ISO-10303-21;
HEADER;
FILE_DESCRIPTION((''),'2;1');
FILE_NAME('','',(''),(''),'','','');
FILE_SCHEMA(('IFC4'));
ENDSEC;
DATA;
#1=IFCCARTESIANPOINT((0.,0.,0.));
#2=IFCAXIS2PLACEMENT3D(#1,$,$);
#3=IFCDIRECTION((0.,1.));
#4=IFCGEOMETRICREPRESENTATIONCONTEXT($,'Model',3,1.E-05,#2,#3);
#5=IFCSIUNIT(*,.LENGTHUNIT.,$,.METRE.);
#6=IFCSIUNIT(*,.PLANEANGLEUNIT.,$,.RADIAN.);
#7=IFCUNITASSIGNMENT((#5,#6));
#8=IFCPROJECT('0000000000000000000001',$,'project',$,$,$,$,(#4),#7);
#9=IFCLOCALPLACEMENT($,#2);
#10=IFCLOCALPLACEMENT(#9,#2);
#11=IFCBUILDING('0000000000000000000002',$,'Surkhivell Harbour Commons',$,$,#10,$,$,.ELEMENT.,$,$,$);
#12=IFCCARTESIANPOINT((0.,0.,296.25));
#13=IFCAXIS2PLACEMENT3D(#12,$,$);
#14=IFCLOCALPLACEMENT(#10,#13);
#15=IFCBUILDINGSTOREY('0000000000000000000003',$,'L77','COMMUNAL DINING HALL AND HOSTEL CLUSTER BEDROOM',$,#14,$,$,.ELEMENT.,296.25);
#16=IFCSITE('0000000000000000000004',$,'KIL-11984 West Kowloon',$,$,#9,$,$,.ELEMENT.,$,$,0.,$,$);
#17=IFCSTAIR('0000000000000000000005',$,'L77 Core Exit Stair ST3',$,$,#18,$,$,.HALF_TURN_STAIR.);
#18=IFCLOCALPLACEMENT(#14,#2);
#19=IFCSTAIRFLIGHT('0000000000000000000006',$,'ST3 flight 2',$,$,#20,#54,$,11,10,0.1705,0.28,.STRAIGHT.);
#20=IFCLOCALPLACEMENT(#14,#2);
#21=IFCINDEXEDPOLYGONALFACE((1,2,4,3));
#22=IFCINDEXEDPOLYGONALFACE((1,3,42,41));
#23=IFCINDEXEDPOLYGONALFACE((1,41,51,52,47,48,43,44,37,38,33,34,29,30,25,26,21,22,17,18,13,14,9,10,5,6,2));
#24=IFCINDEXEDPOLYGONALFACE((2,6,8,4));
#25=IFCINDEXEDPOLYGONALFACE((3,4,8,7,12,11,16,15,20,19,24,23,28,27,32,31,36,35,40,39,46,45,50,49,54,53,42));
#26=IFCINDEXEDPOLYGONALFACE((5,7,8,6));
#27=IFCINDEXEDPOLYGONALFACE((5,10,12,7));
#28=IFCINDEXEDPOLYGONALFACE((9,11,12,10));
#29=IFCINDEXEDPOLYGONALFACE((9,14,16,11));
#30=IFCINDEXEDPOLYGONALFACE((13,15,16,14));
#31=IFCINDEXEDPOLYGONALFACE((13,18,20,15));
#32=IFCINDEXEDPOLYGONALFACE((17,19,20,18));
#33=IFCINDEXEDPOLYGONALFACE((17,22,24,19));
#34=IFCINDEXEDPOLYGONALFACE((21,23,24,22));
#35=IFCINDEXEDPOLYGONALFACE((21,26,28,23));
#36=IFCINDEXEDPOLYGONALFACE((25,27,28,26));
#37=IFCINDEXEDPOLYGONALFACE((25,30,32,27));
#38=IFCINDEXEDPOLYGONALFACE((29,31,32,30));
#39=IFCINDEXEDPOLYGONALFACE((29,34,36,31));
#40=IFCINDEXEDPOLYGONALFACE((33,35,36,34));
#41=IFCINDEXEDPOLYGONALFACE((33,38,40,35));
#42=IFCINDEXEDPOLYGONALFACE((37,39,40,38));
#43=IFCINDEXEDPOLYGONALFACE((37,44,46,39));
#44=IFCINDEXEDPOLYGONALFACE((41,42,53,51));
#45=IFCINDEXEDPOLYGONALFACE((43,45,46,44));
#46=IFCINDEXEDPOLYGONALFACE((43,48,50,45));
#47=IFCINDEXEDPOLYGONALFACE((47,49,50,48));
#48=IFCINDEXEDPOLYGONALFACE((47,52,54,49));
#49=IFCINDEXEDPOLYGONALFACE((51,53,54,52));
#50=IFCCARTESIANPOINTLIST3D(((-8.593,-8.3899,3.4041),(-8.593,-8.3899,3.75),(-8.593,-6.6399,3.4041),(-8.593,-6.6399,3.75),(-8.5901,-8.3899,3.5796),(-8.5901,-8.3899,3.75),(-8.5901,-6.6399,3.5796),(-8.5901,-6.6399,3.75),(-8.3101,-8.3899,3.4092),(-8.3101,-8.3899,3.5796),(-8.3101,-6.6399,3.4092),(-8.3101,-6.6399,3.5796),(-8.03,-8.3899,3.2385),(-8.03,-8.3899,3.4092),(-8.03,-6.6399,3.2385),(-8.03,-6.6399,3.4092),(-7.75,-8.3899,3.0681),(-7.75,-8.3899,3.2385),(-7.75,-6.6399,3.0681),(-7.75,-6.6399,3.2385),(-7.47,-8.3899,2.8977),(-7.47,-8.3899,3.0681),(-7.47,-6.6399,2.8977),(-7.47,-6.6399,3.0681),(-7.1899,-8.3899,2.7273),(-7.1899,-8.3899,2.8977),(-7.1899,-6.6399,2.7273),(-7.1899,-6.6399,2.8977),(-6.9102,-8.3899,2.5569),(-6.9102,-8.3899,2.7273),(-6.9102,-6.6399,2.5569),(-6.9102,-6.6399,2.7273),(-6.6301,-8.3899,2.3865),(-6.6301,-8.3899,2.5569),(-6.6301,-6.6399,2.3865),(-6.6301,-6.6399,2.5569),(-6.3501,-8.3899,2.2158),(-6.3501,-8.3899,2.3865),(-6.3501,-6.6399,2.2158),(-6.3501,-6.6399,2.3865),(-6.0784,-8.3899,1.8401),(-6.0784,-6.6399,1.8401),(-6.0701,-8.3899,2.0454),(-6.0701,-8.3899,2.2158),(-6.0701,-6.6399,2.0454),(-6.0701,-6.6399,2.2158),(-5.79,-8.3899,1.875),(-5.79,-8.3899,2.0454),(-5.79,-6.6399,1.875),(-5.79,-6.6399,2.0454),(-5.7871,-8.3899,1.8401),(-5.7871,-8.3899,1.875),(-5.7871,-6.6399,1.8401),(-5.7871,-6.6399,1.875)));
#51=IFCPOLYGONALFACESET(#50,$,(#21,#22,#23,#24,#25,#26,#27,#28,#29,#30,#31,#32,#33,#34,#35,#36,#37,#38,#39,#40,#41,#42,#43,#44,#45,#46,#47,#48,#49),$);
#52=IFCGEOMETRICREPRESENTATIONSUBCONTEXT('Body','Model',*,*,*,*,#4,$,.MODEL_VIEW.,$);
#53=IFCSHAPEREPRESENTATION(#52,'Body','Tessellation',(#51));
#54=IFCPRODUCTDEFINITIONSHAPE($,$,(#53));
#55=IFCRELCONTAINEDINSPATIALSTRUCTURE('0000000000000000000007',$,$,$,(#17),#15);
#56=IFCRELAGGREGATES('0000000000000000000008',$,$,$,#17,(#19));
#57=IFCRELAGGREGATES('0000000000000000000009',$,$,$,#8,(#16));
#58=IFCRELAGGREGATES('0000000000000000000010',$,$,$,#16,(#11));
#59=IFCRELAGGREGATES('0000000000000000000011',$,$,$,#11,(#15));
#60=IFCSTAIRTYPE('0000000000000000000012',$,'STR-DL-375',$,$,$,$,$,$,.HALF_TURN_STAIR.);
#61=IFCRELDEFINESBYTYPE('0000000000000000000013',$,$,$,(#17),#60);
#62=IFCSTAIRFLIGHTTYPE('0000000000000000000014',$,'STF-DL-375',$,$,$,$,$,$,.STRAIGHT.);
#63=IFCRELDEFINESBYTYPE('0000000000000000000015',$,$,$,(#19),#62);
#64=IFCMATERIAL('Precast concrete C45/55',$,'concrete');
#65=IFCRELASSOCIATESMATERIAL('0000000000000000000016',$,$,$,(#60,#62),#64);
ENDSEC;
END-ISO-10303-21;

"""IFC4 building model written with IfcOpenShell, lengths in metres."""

from ifc_helpers import new_model, si_unit, direction, frame, origin, place, context, subcontext, project, spatial, polyline, outline, extrude, material, type_object, element, aggregate, save


model = new_model("IFC4")

# Units and contexts
model_context = context("Model", 3, precision=1e-05, world=origin(), true_north=direction((0.0, 1.0)))
body_context = subcontext(model_context, "Body", "Model", "MODEL_VIEW")
ifc_project = project(units=[si_unit("LENGTHUNIT", "METRE"), si_unit("PLANEANGLEUNIT", "RADIAN")], contexts=[model_context])

# Site, building, storey
site_placement = place(None, origin())
site = spatial("IfcSite", under=ifc_project, at=site_placement, Name="KIL-11984 West Kowloon", CompositionType="ELEMENT", RefElevation=0.0)
building_placement = place(site_placement, origin())
building = spatial("IfcBuilding", under=site, at=building_placement, Name="Surkhivell Harbour Commons", CompositionType="ELEMENT")
storey_placement = place(building_placement, frame((0.0, 0.0, 296.25)))
storey = spatial("IfcBuildingStorey", under=building, at=storey_placement, Name="L77", Description="COMMUNAL DINING HALL AND HOSTEL CLUSTER BEDROOM", CompositionType="ELEMENT", Elevation=296.25)

# Stair, stair flight
ifc_material_1 = material(Name="Precast concrete C45/55", Category="concrete")
stair_type = type_object("IfcStairType", Name="STR-DL-375", PredefinedType="HALF_TURN_STAIR", material=ifc_material_1)
stair_placement = place(storey_placement, origin())
stair = element("IfcStair", 1, at=stair_placement, inside=storey, type_object=stair_type, Name="L77 Core Exit Stair ST3", PredefinedType="HALF_TURN_STAIR")
stair_flight_type = type_object("IfcStairFlightType", Name="STF-DL-375", PredefinedType="STRAIGHT", material=ifc_material_1)
stair_flight_placement = place(storey_placement, frame((-5.79, -7.5149, 1.875), z_axis=(0.0, 0.0, 1.0), x_axis=(-1.0, 0.0, 0.0)))
stair_flight = element("IfcStairFlight", 2, at=stair_flight_placement, type_object=stair_flight_type, Name="ST3 flight 2", NumberOfRisers=11, NumberOfTreads=10, PredefinedType="STRAIGHT", RiserHeight=0.1705, TreadLength=0.28, context=body_context, shape_type="SweptSolid", body=[
    extrude(outline(polyline([(-0.0029, -0.0349), (-0.0029, 0.0), (0.0, 0.0), (0.0, 0.1704), (0.28, 0.1704), (0.28, 0.3408), (0.5601, 0.3408), (0.5601, 0.5115), (0.8401, 0.5115), (0.8401, 0.6819), (1.1201, 0.6819), (1.1201, 0.8523), (1.3999, 0.8523), (1.3999, 1.0227), (1.6799, 1.0227), (1.6799, 1.1931), (1.96, 1.1931), (1.96, 1.3635), (2.24, 1.3635), (2.24, 1.5342), (2.52, 1.5342), (2.52, 1.7046), (2.8, 1.7046), (2.8, 1.875), (2.803, 1.875), (2.803, 1.5291), (0.2883, -0.0349), (-0.0029, -0.0349)])), frame((0.0, 0.875, 0.0), z_axis=(0.0, -1.0, 0.0), x_axis=(1.0, 0.0, 0.0)), (0.0, 0.0, 1.0), 1.75),
])
aggregate(stair, [stair_flight])

save(model, "model.ifc")
